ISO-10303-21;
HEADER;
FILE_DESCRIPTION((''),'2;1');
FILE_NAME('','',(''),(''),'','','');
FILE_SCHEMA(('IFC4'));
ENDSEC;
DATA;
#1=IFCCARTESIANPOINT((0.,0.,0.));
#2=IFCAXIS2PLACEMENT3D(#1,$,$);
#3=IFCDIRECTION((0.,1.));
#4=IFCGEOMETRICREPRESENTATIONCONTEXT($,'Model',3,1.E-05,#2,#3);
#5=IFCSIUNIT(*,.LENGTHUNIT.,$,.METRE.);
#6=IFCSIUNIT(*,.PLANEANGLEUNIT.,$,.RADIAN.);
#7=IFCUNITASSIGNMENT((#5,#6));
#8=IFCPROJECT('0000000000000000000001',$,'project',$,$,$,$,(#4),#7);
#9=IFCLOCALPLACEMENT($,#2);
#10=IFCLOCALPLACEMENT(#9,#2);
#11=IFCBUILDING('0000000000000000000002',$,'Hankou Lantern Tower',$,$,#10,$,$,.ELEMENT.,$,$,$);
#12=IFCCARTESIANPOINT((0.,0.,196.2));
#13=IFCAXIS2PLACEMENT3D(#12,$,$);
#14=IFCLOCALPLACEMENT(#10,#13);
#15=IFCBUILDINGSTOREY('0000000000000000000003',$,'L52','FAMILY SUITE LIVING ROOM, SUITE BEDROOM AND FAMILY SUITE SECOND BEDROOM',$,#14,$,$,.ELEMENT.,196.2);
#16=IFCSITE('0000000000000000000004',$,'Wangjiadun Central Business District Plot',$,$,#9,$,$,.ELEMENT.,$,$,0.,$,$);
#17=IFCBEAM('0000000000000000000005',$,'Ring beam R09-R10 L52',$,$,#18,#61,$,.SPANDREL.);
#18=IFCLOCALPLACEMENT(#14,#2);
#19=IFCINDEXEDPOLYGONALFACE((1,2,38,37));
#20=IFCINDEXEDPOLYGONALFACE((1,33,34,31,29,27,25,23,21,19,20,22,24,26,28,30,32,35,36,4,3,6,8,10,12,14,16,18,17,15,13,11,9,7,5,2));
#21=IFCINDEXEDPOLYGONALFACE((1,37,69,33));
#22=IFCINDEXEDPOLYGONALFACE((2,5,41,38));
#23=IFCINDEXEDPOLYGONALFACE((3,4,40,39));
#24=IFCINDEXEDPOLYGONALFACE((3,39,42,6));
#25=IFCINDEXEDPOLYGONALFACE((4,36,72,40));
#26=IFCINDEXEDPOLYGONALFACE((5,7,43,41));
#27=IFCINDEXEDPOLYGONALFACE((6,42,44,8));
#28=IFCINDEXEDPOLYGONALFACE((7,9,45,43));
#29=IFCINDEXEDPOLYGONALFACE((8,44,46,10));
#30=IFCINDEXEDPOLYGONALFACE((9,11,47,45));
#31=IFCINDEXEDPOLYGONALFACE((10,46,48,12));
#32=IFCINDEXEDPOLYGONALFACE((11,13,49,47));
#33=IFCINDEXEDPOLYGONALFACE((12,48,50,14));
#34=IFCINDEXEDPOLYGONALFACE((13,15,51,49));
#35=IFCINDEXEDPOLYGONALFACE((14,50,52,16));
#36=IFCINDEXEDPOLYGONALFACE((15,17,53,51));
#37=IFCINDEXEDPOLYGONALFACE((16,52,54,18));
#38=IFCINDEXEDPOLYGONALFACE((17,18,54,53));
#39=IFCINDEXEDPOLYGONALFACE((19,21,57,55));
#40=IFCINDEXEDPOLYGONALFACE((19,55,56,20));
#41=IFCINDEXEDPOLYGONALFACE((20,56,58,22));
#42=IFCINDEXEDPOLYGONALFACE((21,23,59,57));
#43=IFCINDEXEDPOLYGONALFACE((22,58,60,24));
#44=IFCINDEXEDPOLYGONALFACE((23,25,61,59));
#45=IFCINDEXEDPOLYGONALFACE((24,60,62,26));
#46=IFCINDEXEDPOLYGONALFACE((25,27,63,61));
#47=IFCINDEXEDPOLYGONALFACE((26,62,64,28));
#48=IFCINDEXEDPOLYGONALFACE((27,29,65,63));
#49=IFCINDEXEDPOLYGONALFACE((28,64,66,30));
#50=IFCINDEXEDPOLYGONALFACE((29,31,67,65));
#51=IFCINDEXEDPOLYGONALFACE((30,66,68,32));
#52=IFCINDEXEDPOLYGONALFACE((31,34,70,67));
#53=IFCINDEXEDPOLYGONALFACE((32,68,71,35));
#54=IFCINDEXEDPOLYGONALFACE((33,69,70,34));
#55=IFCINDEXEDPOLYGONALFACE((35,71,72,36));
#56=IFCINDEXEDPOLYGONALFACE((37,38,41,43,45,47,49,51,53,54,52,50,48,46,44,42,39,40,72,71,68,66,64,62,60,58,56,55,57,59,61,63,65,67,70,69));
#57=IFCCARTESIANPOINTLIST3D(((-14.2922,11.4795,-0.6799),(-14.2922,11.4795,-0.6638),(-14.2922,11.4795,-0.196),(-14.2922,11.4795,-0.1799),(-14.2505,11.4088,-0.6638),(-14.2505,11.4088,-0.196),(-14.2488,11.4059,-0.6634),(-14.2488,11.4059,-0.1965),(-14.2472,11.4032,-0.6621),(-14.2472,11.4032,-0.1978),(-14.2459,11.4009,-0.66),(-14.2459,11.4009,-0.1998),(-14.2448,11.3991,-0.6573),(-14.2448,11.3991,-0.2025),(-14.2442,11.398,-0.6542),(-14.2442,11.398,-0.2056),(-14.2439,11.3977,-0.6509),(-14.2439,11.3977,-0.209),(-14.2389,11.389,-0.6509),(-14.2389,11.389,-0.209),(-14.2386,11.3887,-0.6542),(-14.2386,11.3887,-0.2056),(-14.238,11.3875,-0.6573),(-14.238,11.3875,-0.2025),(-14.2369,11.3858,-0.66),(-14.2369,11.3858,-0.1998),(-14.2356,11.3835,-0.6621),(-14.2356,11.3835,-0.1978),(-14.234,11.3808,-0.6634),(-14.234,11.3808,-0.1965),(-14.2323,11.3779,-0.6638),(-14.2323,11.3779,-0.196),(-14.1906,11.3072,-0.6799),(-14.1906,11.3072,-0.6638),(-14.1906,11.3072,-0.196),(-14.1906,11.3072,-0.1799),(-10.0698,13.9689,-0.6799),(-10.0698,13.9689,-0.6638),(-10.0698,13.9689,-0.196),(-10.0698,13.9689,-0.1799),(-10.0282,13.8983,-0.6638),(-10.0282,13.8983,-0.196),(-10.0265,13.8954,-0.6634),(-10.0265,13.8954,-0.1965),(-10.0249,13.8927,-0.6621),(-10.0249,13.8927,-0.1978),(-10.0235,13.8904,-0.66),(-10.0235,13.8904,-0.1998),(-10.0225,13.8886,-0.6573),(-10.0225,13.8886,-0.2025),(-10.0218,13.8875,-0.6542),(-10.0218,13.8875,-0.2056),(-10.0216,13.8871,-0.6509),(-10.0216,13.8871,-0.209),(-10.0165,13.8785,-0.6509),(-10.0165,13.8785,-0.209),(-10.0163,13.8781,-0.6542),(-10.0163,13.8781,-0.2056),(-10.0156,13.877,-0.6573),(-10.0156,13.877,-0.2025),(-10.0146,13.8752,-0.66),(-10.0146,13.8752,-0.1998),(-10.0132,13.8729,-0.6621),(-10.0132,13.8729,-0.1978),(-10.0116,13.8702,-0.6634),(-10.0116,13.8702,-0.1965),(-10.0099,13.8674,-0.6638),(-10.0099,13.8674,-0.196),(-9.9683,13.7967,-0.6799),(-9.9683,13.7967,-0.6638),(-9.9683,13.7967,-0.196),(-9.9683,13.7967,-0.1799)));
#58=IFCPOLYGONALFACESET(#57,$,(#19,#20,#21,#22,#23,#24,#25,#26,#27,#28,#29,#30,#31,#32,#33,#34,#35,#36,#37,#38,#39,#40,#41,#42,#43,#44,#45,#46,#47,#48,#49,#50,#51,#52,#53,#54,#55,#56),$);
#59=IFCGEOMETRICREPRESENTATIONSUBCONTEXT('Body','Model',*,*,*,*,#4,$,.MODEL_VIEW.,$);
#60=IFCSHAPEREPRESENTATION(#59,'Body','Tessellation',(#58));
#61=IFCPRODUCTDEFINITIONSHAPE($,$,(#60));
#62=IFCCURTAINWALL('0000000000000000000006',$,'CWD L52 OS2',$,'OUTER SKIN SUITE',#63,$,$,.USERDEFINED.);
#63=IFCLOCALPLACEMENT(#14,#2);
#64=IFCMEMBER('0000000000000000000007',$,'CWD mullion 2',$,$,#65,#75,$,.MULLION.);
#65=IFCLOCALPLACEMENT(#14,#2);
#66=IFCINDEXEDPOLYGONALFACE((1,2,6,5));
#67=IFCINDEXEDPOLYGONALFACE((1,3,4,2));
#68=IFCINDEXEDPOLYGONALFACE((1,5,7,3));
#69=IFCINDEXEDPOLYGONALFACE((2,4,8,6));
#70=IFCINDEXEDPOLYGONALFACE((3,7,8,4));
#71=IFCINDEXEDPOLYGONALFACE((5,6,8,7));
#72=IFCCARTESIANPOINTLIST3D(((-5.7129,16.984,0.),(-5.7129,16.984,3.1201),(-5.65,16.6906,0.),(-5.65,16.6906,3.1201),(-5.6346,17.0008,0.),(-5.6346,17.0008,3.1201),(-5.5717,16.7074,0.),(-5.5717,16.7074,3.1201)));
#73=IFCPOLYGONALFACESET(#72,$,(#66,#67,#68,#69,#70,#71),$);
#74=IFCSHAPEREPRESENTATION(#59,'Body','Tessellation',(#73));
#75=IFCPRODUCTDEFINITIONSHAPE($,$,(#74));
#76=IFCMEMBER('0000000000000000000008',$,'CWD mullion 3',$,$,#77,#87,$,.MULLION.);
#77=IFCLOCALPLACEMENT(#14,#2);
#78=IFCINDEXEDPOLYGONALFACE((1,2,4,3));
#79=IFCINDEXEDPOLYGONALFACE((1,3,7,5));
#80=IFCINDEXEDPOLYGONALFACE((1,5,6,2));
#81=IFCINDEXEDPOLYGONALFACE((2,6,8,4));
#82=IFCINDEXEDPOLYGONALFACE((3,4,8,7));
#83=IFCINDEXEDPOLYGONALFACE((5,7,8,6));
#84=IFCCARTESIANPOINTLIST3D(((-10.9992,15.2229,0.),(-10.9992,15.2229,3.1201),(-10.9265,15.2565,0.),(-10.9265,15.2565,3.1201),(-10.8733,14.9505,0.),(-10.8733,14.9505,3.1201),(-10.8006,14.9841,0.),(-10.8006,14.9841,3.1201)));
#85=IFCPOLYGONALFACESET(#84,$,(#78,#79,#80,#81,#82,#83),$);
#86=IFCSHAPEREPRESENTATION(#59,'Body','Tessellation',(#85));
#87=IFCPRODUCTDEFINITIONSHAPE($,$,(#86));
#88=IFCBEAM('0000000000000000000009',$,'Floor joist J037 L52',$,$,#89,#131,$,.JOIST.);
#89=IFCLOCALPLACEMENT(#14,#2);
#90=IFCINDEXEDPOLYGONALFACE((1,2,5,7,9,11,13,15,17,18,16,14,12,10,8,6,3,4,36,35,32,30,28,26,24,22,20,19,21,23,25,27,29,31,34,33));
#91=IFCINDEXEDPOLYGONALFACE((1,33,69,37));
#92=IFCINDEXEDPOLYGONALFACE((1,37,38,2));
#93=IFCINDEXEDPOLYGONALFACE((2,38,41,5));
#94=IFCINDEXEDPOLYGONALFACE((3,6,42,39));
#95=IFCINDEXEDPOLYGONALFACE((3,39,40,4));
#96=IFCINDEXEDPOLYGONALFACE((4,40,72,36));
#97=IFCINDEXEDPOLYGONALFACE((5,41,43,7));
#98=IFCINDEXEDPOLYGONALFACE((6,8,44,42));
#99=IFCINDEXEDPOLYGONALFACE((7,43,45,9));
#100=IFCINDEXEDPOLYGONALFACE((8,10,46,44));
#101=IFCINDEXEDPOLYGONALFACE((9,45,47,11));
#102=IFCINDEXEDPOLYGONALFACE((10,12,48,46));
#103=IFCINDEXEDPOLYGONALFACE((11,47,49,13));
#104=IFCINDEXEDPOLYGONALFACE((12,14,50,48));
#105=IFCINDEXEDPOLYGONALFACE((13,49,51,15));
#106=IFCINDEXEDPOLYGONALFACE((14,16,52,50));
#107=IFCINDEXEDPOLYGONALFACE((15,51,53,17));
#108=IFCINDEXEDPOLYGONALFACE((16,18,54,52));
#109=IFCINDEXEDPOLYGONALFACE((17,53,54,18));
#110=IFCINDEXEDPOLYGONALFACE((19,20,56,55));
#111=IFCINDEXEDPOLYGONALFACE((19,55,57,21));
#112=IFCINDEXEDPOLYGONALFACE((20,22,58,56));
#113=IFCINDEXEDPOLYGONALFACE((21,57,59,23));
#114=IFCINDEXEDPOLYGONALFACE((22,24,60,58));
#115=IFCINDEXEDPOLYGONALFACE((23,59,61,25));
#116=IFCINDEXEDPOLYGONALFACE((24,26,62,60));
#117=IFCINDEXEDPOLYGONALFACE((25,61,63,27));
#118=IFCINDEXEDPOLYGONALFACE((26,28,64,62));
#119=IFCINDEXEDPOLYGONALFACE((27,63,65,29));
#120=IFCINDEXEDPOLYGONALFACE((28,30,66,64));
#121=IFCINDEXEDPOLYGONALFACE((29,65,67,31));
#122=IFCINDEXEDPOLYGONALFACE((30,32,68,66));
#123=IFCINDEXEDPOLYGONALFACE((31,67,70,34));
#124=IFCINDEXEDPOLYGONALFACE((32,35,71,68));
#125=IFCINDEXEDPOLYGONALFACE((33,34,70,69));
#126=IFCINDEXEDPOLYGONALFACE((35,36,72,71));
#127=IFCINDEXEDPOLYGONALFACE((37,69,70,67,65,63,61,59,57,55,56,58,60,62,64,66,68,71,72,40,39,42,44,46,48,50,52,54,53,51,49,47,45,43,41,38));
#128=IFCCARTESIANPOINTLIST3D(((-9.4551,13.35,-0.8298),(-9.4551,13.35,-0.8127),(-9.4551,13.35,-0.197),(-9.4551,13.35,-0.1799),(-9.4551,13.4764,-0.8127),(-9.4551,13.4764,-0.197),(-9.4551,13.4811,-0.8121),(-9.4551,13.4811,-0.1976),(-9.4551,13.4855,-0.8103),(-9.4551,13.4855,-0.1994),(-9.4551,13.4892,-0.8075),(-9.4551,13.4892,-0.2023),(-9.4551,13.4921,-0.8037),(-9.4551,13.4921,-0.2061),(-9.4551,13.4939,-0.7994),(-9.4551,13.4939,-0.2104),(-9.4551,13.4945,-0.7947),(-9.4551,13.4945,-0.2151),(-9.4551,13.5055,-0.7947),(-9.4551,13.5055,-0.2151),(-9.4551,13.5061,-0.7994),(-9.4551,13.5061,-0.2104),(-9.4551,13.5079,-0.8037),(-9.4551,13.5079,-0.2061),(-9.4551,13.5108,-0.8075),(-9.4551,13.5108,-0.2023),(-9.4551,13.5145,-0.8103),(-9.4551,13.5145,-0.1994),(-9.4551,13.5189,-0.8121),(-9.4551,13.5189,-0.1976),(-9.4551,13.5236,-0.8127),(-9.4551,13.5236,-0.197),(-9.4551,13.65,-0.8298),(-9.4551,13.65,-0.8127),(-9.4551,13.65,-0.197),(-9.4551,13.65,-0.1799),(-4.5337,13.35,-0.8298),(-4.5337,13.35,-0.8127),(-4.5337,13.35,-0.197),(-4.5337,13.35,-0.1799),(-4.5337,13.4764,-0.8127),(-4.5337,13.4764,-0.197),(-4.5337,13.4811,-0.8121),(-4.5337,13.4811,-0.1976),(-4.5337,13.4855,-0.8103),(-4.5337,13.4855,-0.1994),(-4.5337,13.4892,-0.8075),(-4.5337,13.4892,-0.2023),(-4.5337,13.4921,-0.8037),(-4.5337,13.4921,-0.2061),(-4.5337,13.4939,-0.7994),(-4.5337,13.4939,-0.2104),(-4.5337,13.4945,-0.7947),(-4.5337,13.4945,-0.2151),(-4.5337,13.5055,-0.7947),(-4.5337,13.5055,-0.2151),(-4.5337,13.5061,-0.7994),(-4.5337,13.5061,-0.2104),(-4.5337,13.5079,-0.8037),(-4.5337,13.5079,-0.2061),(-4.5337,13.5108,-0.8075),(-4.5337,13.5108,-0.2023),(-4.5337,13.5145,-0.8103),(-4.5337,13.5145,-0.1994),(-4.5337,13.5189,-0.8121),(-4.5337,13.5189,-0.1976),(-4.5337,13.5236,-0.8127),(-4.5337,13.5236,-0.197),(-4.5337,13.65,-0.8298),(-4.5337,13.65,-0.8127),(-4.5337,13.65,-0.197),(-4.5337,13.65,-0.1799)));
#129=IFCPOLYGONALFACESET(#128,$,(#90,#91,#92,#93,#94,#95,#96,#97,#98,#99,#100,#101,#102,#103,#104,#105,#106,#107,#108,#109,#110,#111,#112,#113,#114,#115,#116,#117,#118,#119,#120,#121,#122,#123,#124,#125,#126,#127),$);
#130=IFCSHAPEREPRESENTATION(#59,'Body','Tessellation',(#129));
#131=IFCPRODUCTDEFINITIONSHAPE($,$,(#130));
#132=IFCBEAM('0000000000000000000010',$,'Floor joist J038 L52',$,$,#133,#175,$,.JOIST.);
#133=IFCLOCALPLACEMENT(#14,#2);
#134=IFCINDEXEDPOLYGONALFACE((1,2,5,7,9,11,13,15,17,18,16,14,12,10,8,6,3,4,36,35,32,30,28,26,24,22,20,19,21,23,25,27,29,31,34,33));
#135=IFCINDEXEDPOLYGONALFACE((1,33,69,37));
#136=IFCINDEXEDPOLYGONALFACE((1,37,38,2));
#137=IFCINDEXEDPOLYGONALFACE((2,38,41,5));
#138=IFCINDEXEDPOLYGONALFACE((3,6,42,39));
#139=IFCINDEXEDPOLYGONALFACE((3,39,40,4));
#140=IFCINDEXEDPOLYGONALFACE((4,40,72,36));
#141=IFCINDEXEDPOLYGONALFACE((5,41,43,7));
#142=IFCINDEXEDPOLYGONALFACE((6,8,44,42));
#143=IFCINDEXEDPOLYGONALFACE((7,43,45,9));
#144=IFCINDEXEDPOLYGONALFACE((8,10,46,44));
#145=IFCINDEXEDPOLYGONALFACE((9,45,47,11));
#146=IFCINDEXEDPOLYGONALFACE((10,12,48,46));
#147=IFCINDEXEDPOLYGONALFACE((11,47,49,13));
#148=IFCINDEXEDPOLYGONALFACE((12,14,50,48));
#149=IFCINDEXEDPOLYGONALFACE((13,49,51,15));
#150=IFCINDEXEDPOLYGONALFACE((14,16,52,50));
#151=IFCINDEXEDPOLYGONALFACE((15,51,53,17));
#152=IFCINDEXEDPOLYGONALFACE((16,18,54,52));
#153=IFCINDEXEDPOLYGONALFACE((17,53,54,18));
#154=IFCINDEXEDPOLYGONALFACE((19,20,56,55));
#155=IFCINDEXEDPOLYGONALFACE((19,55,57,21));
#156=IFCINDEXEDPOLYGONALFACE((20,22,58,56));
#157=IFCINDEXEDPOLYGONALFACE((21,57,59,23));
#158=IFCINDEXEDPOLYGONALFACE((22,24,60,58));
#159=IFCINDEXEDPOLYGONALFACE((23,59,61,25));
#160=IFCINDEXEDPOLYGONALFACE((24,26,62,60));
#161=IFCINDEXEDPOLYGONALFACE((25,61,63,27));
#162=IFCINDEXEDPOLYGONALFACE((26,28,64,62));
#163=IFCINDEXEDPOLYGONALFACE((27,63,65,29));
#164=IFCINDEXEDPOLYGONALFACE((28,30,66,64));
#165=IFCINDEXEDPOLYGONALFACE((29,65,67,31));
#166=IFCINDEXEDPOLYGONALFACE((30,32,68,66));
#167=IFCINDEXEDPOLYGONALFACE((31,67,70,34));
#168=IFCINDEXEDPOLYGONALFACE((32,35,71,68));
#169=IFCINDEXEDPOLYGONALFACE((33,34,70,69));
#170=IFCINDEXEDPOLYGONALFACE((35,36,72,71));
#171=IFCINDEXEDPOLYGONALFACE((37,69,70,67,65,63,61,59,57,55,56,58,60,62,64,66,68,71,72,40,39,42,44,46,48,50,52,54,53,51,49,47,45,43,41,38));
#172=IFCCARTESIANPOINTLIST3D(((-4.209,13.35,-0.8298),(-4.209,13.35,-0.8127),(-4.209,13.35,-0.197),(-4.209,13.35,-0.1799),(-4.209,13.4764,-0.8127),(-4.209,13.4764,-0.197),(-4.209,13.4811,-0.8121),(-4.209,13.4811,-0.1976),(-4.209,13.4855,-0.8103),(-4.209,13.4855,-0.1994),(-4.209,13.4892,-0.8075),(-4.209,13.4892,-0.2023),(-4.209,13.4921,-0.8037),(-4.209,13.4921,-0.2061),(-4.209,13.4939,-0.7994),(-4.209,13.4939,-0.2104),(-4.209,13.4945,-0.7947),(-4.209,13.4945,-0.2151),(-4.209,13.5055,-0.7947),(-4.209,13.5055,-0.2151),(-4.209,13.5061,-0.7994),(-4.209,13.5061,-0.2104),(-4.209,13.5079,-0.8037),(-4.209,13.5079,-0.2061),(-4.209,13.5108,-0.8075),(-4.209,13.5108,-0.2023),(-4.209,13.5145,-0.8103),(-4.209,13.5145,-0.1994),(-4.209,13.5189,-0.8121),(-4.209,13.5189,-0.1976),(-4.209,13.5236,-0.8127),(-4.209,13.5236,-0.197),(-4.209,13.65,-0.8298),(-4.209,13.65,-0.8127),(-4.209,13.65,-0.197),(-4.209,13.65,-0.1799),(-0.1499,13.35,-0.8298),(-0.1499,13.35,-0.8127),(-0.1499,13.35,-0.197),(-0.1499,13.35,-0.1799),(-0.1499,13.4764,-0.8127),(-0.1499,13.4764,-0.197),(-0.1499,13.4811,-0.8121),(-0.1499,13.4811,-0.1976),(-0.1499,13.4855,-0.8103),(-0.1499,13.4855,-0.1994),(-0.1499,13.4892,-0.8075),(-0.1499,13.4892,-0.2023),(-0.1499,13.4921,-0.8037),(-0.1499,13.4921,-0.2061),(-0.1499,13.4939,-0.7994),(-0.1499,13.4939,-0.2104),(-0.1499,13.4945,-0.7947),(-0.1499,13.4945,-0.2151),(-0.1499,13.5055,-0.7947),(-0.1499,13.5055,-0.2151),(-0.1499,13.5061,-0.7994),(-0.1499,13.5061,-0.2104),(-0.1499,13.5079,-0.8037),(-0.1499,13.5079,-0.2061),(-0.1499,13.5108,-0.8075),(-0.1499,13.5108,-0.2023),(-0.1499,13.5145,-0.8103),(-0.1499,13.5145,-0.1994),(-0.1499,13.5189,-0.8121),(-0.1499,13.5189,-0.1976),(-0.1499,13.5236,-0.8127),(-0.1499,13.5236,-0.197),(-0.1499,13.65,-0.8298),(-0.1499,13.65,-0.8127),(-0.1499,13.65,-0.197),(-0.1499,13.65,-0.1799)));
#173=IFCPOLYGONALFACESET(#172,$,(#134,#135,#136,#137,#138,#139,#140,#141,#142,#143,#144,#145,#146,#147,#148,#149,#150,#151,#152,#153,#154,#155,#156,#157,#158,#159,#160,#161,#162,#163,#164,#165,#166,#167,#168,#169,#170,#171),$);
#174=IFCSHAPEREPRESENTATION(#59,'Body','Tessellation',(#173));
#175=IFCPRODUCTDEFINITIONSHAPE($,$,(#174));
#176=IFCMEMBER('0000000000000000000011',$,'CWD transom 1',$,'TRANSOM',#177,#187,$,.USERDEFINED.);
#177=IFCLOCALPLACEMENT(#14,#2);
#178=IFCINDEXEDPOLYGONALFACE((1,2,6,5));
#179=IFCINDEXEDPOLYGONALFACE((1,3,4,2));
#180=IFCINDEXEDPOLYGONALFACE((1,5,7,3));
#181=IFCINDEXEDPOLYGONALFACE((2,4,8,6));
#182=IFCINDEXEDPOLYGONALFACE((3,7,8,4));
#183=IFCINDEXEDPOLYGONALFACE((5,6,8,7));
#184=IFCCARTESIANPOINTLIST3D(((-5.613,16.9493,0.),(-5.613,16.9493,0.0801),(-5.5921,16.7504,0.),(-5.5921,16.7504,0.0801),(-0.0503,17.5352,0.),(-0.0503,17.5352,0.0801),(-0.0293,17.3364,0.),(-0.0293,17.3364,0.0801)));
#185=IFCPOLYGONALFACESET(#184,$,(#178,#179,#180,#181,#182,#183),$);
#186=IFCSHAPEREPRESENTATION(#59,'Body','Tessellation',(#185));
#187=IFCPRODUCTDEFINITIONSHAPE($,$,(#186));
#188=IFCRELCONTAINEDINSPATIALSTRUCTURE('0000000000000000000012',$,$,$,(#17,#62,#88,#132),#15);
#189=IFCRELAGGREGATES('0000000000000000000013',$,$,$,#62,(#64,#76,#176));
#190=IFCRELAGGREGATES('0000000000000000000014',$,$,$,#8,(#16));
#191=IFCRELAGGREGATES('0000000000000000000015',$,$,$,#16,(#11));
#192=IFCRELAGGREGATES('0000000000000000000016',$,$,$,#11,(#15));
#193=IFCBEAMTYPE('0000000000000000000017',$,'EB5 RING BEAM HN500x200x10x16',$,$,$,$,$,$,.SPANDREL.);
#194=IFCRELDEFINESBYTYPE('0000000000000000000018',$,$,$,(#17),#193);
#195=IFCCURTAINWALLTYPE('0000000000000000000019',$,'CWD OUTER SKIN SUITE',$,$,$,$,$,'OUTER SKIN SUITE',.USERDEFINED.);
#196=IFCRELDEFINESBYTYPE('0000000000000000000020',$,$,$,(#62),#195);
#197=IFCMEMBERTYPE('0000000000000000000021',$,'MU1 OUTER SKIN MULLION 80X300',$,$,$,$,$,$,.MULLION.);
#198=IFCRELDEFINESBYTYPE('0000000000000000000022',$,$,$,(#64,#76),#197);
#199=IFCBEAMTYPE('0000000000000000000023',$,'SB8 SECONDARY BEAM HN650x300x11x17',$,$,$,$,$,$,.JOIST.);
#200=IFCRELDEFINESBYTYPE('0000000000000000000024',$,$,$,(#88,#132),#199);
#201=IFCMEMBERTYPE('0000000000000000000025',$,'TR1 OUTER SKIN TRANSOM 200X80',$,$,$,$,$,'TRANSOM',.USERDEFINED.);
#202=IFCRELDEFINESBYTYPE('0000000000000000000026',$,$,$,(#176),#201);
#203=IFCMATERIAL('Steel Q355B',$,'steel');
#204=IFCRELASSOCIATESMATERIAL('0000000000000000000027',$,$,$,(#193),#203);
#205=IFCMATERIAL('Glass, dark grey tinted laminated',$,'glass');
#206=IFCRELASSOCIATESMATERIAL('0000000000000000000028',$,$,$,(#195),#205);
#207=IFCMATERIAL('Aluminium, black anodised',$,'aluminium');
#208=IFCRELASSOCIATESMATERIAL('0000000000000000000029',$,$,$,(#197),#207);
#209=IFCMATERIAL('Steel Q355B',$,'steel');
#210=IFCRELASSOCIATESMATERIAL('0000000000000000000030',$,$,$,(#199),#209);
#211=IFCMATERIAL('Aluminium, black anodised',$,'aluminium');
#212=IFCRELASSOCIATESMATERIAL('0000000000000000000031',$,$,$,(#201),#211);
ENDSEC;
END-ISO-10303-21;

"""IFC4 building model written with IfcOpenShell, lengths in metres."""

from ifc_helpers import new_model, si_unit, direction, frame, origin, origin_2d, place, context, subcontext, project, spatial, rectangle, i_section, extrude, material, material_profile, profile_set, type_object, element, aggregate, save


model = new_model("IFC4")

# Units and contexts
model_context = context("Model", 3, precision=1e-05, world=origin(), true_north=direction((0.0, 1.0)))
body_context = subcontext(model_context, "Body", "Model", "MODEL_VIEW")
ifc_project = project(units=[si_unit("LENGTHUNIT", "METRE"), si_unit("PLANEANGLEUNIT", "RADIAN")], contexts=[model_context])

# Site, building, storey
site_placement = place(None, origin())
site = spatial("IfcSite", under=ifc_project, at=site_placement, Name="Wangjiadun Central Business District Plot", CompositionType="ELEMENT", RefElevation=0.0)
building_placement = place(site_placement, origin())
building = spatial("IfcBuilding", under=site, at=building_placement, Name="Hankou Lantern Tower", CompositionType="ELEMENT")
storey_placement = place(building_placement, frame((0.0, 0.0, 196.2)))
storey = spatial("IfcBuildingStorey", under=building, at=storey_placement, Name="L52", Description="FAMILY SUITE LIVING ROOM, SUITE BEDROOM AND FAMILY SUITE SECOND BEDROOM", CompositionType="ELEMENT", Elevation=196.2)

# Beam
ifc_material_1 = material(Name="Steel Q355B", Category="steel")
ifc_material_profile_1 = material_profile(ifc_material_1, i_section(OverallWidth=0.2, OverallDepth=0.5, WebThickness=0.01, FlangeThickness=0.0161, FilletRadius=0.0129, at=origin_2d()), Name="HN500x200x10x16")
ifc_profile_set_1 = profile_set([ifc_material_profile_1], Name="Steel Q355B")
beam_type_1 = type_object("IfcBeamType", Name="EB5 RING BEAM HN500x200x10x16", PredefinedType="SPANDREL", material=ifc_profile_set_1)
beam_1_placement = place(storey_placement, frame((-10.019, 13.8828, -0.4299), z_axis=(-0.861423, -0.507888, 0.0), x_axis=(0.507888, -0.861423, 0.0)))
element("IfcBeam", 1, at=beam_1_placement, inside=storey, type_object=beam_type_1, Name="Ring beam R09-R10 L52", PredefinedType="SPANDREL", context=body_context, shape_type="SweptSolid", body=[
    extrude(i_section(OverallWidth=0.2, OverallDepth=0.5, WebThickness=0.01, FlangeThickness=0.0161, FilletRadius=0.0129, at=origin_2d()), origin(), (0.0, 0.0, 1.0), 4.9016),
])

# Curtain wall, members
ifc_material_2 = material(Name="Glass, dark grey tinted laminated", Category="glass")
curtain_wall_type = type_object("IfcCurtainWallType", Name="CWD OUTER SKIN SUITE", ElementType="OUTER SKIN SUITE", PredefinedType="USERDEFINED", material=ifc_material_2)
curtain_wall_placement = place(storey_placement, origin())
curtain_wall = element("IfcCurtainWall", 2, at=curtain_wall_placement, inside=storey, type_object=curtain_wall_type, Name="CWD L52 OS2", ObjectType="OUTER SKIN SUITE", PredefinedType="USERDEFINED")
ifc_material_3 = material(Name="Aluminium, black anodised", Category="aluminium")
ifc_material_profile_2 = material_profile(ifc_material_3, rectangle(XDim=0.0801, YDim=0.3, at=origin_2d()), Name="MU1 80X300")
ifc_profile_set_2 = profile_set([ifc_material_profile_2], Name="Aluminium, black anodised")
member_type_1 = type_object("IfcMemberType", Name="MU1 OUTER SKIN MULLION 80X300", PredefinedType="MULLION", material=ifc_profile_set_2)
member_1_placement = place(storey_placement, frame((-5.6423, 16.8457, 0.0), z_axis=(0.0, 0.0, 1.0), x_axis=(-0.977788, -0.209598, 0.0)))
member_1 = element("IfcMember", 3, at=member_1_placement, type_object=member_type_1, Name="CWD mullion 2", PredefinedType="MULLION", context=body_context, shape_type="SweptSolid", body=[
    extrude(rectangle(XDim=0.0801, YDim=0.3, at=origin_2d()), origin(), (0.0, 0.0, 1.0), 3.1201),
])
member_2_placement = place(storey_placement, frame((-10.8999, 15.1035, 0.0), z_axis=(0.0, 0.0, 1.0), x_axis=(-0.907841, -0.419314, 0.0)))
member_2 = element("IfcMember", 4, at=member_2_placement, type_object=member_type_1, Name="CWD mullion 3", PredefinedType="MULLION", context=body_context, shape_type="SweptSolid", body=[
    extrude(rectangle(XDim=0.0801, YDim=0.3, at=origin_2d()), origin(), (0.0, 0.0, 1.0), 3.1201),
])

# Beams
ifc_material_4 = material(Name="Steel Q355B", Category="steel")
ifc_material_profile_3 = material_profile(ifc_material_4, i_section(OverallWidth=0.3, OverallDepth=0.6499, WebThickness=0.011, FlangeThickness=0.0171, FilletRadius=0.0181, at=origin_2d()), Name="HN650x300x11x17")
ifc_profile_set_3 = profile_set([ifc_material_profile_3], Name="Steel Q355B")
beam_type_2 = type_object("IfcBeamType", Name="SB8 SECONDARY BEAM HN650x300x11x17", PredefinedType="JOIST", material=ifc_profile_set_3)
beam_2_placement = place(storey_placement, frame((-9.4551, 13.5, -0.5049), z_axis=(1.0, 0.0, 0.0), x_axis=(0.0, 1.0, 0.0)))
element("IfcBeam", 5, at=beam_2_placement, inside=storey, type_object=beam_type_2, Name="Floor joist J037 L52", PredefinedType="JOIST", context=body_context, shape_type="SweptSolid", body=[
    extrude(i_section(OverallWidth=0.3, OverallDepth=0.6499, WebThickness=0.011, FlangeThickness=0.0171, FilletRadius=0.0181, at=origin_2d()), origin(), (0.0, 0.0, 1.0), 4.9214),
])
beam_3_placement = place(storey_placement, frame((-4.209, 13.5, -0.5049), z_axis=(1.0, 0.0, 0.0), x_axis=(0.0, 1.0, 0.0)))
element("IfcBeam", 6, at=beam_3_placement, inside=storey, type_object=beam_type_2, Name="Floor joist J038 L52", PredefinedType="JOIST", context=body_context, shape_type="SweptSolid", body=[
    extrude(i_section(OverallWidth=0.3, OverallDepth=0.6499, WebThickness=0.011, FlangeThickness=0.0171, FilletRadius=0.0181, at=origin_2d()), origin(), (0.0, 0.0, 1.0), 4.0591),
])

# Member
ifc_material_5 = material(Name="Aluminium, black anodised", Category="aluminium")
ifc_material_profile_4 = material_profile(ifc_material_5, rectangle(XDim=0.2, YDim=0.0801, at=origin_2d()), Name="TR1 200X80")
ifc_profile_set_4 = profile_set([ifc_material_profile_4], Name="Aluminium, black anodised")
member_type_2 = type_object("IfcMemberType", Name="TR1 OUTER SKIN TRANSOM 200X80", ElementType="TRANSOM", PredefinedType="USERDEFINED", material=ifc_profile_set_4)
member_3_placement = place(storey_placement, frame((-0.0398, 17.4358, 0.04), z_axis=(-0.994498, -0.104753, 0.0), x_axis=(0.104753, -0.994498, 0.0)))
member_3 = element("IfcMember", 7, at=member_3_placement, type_object=member_type_2, Name="CWD transom 1", ObjectType="TRANSOM", PredefinedType="USERDEFINED", context=body_context, shape_type="SweptSolid", body=[
    extrude(rectangle(XDim=0.2, YDim=0.0801, at=origin_2d()), origin(), (0.0, 0.0, 1.0), 5.5935),
])

aggregate(curtain_wall, [member_1, member_2, member_3])

save(model, "model.ifc")
